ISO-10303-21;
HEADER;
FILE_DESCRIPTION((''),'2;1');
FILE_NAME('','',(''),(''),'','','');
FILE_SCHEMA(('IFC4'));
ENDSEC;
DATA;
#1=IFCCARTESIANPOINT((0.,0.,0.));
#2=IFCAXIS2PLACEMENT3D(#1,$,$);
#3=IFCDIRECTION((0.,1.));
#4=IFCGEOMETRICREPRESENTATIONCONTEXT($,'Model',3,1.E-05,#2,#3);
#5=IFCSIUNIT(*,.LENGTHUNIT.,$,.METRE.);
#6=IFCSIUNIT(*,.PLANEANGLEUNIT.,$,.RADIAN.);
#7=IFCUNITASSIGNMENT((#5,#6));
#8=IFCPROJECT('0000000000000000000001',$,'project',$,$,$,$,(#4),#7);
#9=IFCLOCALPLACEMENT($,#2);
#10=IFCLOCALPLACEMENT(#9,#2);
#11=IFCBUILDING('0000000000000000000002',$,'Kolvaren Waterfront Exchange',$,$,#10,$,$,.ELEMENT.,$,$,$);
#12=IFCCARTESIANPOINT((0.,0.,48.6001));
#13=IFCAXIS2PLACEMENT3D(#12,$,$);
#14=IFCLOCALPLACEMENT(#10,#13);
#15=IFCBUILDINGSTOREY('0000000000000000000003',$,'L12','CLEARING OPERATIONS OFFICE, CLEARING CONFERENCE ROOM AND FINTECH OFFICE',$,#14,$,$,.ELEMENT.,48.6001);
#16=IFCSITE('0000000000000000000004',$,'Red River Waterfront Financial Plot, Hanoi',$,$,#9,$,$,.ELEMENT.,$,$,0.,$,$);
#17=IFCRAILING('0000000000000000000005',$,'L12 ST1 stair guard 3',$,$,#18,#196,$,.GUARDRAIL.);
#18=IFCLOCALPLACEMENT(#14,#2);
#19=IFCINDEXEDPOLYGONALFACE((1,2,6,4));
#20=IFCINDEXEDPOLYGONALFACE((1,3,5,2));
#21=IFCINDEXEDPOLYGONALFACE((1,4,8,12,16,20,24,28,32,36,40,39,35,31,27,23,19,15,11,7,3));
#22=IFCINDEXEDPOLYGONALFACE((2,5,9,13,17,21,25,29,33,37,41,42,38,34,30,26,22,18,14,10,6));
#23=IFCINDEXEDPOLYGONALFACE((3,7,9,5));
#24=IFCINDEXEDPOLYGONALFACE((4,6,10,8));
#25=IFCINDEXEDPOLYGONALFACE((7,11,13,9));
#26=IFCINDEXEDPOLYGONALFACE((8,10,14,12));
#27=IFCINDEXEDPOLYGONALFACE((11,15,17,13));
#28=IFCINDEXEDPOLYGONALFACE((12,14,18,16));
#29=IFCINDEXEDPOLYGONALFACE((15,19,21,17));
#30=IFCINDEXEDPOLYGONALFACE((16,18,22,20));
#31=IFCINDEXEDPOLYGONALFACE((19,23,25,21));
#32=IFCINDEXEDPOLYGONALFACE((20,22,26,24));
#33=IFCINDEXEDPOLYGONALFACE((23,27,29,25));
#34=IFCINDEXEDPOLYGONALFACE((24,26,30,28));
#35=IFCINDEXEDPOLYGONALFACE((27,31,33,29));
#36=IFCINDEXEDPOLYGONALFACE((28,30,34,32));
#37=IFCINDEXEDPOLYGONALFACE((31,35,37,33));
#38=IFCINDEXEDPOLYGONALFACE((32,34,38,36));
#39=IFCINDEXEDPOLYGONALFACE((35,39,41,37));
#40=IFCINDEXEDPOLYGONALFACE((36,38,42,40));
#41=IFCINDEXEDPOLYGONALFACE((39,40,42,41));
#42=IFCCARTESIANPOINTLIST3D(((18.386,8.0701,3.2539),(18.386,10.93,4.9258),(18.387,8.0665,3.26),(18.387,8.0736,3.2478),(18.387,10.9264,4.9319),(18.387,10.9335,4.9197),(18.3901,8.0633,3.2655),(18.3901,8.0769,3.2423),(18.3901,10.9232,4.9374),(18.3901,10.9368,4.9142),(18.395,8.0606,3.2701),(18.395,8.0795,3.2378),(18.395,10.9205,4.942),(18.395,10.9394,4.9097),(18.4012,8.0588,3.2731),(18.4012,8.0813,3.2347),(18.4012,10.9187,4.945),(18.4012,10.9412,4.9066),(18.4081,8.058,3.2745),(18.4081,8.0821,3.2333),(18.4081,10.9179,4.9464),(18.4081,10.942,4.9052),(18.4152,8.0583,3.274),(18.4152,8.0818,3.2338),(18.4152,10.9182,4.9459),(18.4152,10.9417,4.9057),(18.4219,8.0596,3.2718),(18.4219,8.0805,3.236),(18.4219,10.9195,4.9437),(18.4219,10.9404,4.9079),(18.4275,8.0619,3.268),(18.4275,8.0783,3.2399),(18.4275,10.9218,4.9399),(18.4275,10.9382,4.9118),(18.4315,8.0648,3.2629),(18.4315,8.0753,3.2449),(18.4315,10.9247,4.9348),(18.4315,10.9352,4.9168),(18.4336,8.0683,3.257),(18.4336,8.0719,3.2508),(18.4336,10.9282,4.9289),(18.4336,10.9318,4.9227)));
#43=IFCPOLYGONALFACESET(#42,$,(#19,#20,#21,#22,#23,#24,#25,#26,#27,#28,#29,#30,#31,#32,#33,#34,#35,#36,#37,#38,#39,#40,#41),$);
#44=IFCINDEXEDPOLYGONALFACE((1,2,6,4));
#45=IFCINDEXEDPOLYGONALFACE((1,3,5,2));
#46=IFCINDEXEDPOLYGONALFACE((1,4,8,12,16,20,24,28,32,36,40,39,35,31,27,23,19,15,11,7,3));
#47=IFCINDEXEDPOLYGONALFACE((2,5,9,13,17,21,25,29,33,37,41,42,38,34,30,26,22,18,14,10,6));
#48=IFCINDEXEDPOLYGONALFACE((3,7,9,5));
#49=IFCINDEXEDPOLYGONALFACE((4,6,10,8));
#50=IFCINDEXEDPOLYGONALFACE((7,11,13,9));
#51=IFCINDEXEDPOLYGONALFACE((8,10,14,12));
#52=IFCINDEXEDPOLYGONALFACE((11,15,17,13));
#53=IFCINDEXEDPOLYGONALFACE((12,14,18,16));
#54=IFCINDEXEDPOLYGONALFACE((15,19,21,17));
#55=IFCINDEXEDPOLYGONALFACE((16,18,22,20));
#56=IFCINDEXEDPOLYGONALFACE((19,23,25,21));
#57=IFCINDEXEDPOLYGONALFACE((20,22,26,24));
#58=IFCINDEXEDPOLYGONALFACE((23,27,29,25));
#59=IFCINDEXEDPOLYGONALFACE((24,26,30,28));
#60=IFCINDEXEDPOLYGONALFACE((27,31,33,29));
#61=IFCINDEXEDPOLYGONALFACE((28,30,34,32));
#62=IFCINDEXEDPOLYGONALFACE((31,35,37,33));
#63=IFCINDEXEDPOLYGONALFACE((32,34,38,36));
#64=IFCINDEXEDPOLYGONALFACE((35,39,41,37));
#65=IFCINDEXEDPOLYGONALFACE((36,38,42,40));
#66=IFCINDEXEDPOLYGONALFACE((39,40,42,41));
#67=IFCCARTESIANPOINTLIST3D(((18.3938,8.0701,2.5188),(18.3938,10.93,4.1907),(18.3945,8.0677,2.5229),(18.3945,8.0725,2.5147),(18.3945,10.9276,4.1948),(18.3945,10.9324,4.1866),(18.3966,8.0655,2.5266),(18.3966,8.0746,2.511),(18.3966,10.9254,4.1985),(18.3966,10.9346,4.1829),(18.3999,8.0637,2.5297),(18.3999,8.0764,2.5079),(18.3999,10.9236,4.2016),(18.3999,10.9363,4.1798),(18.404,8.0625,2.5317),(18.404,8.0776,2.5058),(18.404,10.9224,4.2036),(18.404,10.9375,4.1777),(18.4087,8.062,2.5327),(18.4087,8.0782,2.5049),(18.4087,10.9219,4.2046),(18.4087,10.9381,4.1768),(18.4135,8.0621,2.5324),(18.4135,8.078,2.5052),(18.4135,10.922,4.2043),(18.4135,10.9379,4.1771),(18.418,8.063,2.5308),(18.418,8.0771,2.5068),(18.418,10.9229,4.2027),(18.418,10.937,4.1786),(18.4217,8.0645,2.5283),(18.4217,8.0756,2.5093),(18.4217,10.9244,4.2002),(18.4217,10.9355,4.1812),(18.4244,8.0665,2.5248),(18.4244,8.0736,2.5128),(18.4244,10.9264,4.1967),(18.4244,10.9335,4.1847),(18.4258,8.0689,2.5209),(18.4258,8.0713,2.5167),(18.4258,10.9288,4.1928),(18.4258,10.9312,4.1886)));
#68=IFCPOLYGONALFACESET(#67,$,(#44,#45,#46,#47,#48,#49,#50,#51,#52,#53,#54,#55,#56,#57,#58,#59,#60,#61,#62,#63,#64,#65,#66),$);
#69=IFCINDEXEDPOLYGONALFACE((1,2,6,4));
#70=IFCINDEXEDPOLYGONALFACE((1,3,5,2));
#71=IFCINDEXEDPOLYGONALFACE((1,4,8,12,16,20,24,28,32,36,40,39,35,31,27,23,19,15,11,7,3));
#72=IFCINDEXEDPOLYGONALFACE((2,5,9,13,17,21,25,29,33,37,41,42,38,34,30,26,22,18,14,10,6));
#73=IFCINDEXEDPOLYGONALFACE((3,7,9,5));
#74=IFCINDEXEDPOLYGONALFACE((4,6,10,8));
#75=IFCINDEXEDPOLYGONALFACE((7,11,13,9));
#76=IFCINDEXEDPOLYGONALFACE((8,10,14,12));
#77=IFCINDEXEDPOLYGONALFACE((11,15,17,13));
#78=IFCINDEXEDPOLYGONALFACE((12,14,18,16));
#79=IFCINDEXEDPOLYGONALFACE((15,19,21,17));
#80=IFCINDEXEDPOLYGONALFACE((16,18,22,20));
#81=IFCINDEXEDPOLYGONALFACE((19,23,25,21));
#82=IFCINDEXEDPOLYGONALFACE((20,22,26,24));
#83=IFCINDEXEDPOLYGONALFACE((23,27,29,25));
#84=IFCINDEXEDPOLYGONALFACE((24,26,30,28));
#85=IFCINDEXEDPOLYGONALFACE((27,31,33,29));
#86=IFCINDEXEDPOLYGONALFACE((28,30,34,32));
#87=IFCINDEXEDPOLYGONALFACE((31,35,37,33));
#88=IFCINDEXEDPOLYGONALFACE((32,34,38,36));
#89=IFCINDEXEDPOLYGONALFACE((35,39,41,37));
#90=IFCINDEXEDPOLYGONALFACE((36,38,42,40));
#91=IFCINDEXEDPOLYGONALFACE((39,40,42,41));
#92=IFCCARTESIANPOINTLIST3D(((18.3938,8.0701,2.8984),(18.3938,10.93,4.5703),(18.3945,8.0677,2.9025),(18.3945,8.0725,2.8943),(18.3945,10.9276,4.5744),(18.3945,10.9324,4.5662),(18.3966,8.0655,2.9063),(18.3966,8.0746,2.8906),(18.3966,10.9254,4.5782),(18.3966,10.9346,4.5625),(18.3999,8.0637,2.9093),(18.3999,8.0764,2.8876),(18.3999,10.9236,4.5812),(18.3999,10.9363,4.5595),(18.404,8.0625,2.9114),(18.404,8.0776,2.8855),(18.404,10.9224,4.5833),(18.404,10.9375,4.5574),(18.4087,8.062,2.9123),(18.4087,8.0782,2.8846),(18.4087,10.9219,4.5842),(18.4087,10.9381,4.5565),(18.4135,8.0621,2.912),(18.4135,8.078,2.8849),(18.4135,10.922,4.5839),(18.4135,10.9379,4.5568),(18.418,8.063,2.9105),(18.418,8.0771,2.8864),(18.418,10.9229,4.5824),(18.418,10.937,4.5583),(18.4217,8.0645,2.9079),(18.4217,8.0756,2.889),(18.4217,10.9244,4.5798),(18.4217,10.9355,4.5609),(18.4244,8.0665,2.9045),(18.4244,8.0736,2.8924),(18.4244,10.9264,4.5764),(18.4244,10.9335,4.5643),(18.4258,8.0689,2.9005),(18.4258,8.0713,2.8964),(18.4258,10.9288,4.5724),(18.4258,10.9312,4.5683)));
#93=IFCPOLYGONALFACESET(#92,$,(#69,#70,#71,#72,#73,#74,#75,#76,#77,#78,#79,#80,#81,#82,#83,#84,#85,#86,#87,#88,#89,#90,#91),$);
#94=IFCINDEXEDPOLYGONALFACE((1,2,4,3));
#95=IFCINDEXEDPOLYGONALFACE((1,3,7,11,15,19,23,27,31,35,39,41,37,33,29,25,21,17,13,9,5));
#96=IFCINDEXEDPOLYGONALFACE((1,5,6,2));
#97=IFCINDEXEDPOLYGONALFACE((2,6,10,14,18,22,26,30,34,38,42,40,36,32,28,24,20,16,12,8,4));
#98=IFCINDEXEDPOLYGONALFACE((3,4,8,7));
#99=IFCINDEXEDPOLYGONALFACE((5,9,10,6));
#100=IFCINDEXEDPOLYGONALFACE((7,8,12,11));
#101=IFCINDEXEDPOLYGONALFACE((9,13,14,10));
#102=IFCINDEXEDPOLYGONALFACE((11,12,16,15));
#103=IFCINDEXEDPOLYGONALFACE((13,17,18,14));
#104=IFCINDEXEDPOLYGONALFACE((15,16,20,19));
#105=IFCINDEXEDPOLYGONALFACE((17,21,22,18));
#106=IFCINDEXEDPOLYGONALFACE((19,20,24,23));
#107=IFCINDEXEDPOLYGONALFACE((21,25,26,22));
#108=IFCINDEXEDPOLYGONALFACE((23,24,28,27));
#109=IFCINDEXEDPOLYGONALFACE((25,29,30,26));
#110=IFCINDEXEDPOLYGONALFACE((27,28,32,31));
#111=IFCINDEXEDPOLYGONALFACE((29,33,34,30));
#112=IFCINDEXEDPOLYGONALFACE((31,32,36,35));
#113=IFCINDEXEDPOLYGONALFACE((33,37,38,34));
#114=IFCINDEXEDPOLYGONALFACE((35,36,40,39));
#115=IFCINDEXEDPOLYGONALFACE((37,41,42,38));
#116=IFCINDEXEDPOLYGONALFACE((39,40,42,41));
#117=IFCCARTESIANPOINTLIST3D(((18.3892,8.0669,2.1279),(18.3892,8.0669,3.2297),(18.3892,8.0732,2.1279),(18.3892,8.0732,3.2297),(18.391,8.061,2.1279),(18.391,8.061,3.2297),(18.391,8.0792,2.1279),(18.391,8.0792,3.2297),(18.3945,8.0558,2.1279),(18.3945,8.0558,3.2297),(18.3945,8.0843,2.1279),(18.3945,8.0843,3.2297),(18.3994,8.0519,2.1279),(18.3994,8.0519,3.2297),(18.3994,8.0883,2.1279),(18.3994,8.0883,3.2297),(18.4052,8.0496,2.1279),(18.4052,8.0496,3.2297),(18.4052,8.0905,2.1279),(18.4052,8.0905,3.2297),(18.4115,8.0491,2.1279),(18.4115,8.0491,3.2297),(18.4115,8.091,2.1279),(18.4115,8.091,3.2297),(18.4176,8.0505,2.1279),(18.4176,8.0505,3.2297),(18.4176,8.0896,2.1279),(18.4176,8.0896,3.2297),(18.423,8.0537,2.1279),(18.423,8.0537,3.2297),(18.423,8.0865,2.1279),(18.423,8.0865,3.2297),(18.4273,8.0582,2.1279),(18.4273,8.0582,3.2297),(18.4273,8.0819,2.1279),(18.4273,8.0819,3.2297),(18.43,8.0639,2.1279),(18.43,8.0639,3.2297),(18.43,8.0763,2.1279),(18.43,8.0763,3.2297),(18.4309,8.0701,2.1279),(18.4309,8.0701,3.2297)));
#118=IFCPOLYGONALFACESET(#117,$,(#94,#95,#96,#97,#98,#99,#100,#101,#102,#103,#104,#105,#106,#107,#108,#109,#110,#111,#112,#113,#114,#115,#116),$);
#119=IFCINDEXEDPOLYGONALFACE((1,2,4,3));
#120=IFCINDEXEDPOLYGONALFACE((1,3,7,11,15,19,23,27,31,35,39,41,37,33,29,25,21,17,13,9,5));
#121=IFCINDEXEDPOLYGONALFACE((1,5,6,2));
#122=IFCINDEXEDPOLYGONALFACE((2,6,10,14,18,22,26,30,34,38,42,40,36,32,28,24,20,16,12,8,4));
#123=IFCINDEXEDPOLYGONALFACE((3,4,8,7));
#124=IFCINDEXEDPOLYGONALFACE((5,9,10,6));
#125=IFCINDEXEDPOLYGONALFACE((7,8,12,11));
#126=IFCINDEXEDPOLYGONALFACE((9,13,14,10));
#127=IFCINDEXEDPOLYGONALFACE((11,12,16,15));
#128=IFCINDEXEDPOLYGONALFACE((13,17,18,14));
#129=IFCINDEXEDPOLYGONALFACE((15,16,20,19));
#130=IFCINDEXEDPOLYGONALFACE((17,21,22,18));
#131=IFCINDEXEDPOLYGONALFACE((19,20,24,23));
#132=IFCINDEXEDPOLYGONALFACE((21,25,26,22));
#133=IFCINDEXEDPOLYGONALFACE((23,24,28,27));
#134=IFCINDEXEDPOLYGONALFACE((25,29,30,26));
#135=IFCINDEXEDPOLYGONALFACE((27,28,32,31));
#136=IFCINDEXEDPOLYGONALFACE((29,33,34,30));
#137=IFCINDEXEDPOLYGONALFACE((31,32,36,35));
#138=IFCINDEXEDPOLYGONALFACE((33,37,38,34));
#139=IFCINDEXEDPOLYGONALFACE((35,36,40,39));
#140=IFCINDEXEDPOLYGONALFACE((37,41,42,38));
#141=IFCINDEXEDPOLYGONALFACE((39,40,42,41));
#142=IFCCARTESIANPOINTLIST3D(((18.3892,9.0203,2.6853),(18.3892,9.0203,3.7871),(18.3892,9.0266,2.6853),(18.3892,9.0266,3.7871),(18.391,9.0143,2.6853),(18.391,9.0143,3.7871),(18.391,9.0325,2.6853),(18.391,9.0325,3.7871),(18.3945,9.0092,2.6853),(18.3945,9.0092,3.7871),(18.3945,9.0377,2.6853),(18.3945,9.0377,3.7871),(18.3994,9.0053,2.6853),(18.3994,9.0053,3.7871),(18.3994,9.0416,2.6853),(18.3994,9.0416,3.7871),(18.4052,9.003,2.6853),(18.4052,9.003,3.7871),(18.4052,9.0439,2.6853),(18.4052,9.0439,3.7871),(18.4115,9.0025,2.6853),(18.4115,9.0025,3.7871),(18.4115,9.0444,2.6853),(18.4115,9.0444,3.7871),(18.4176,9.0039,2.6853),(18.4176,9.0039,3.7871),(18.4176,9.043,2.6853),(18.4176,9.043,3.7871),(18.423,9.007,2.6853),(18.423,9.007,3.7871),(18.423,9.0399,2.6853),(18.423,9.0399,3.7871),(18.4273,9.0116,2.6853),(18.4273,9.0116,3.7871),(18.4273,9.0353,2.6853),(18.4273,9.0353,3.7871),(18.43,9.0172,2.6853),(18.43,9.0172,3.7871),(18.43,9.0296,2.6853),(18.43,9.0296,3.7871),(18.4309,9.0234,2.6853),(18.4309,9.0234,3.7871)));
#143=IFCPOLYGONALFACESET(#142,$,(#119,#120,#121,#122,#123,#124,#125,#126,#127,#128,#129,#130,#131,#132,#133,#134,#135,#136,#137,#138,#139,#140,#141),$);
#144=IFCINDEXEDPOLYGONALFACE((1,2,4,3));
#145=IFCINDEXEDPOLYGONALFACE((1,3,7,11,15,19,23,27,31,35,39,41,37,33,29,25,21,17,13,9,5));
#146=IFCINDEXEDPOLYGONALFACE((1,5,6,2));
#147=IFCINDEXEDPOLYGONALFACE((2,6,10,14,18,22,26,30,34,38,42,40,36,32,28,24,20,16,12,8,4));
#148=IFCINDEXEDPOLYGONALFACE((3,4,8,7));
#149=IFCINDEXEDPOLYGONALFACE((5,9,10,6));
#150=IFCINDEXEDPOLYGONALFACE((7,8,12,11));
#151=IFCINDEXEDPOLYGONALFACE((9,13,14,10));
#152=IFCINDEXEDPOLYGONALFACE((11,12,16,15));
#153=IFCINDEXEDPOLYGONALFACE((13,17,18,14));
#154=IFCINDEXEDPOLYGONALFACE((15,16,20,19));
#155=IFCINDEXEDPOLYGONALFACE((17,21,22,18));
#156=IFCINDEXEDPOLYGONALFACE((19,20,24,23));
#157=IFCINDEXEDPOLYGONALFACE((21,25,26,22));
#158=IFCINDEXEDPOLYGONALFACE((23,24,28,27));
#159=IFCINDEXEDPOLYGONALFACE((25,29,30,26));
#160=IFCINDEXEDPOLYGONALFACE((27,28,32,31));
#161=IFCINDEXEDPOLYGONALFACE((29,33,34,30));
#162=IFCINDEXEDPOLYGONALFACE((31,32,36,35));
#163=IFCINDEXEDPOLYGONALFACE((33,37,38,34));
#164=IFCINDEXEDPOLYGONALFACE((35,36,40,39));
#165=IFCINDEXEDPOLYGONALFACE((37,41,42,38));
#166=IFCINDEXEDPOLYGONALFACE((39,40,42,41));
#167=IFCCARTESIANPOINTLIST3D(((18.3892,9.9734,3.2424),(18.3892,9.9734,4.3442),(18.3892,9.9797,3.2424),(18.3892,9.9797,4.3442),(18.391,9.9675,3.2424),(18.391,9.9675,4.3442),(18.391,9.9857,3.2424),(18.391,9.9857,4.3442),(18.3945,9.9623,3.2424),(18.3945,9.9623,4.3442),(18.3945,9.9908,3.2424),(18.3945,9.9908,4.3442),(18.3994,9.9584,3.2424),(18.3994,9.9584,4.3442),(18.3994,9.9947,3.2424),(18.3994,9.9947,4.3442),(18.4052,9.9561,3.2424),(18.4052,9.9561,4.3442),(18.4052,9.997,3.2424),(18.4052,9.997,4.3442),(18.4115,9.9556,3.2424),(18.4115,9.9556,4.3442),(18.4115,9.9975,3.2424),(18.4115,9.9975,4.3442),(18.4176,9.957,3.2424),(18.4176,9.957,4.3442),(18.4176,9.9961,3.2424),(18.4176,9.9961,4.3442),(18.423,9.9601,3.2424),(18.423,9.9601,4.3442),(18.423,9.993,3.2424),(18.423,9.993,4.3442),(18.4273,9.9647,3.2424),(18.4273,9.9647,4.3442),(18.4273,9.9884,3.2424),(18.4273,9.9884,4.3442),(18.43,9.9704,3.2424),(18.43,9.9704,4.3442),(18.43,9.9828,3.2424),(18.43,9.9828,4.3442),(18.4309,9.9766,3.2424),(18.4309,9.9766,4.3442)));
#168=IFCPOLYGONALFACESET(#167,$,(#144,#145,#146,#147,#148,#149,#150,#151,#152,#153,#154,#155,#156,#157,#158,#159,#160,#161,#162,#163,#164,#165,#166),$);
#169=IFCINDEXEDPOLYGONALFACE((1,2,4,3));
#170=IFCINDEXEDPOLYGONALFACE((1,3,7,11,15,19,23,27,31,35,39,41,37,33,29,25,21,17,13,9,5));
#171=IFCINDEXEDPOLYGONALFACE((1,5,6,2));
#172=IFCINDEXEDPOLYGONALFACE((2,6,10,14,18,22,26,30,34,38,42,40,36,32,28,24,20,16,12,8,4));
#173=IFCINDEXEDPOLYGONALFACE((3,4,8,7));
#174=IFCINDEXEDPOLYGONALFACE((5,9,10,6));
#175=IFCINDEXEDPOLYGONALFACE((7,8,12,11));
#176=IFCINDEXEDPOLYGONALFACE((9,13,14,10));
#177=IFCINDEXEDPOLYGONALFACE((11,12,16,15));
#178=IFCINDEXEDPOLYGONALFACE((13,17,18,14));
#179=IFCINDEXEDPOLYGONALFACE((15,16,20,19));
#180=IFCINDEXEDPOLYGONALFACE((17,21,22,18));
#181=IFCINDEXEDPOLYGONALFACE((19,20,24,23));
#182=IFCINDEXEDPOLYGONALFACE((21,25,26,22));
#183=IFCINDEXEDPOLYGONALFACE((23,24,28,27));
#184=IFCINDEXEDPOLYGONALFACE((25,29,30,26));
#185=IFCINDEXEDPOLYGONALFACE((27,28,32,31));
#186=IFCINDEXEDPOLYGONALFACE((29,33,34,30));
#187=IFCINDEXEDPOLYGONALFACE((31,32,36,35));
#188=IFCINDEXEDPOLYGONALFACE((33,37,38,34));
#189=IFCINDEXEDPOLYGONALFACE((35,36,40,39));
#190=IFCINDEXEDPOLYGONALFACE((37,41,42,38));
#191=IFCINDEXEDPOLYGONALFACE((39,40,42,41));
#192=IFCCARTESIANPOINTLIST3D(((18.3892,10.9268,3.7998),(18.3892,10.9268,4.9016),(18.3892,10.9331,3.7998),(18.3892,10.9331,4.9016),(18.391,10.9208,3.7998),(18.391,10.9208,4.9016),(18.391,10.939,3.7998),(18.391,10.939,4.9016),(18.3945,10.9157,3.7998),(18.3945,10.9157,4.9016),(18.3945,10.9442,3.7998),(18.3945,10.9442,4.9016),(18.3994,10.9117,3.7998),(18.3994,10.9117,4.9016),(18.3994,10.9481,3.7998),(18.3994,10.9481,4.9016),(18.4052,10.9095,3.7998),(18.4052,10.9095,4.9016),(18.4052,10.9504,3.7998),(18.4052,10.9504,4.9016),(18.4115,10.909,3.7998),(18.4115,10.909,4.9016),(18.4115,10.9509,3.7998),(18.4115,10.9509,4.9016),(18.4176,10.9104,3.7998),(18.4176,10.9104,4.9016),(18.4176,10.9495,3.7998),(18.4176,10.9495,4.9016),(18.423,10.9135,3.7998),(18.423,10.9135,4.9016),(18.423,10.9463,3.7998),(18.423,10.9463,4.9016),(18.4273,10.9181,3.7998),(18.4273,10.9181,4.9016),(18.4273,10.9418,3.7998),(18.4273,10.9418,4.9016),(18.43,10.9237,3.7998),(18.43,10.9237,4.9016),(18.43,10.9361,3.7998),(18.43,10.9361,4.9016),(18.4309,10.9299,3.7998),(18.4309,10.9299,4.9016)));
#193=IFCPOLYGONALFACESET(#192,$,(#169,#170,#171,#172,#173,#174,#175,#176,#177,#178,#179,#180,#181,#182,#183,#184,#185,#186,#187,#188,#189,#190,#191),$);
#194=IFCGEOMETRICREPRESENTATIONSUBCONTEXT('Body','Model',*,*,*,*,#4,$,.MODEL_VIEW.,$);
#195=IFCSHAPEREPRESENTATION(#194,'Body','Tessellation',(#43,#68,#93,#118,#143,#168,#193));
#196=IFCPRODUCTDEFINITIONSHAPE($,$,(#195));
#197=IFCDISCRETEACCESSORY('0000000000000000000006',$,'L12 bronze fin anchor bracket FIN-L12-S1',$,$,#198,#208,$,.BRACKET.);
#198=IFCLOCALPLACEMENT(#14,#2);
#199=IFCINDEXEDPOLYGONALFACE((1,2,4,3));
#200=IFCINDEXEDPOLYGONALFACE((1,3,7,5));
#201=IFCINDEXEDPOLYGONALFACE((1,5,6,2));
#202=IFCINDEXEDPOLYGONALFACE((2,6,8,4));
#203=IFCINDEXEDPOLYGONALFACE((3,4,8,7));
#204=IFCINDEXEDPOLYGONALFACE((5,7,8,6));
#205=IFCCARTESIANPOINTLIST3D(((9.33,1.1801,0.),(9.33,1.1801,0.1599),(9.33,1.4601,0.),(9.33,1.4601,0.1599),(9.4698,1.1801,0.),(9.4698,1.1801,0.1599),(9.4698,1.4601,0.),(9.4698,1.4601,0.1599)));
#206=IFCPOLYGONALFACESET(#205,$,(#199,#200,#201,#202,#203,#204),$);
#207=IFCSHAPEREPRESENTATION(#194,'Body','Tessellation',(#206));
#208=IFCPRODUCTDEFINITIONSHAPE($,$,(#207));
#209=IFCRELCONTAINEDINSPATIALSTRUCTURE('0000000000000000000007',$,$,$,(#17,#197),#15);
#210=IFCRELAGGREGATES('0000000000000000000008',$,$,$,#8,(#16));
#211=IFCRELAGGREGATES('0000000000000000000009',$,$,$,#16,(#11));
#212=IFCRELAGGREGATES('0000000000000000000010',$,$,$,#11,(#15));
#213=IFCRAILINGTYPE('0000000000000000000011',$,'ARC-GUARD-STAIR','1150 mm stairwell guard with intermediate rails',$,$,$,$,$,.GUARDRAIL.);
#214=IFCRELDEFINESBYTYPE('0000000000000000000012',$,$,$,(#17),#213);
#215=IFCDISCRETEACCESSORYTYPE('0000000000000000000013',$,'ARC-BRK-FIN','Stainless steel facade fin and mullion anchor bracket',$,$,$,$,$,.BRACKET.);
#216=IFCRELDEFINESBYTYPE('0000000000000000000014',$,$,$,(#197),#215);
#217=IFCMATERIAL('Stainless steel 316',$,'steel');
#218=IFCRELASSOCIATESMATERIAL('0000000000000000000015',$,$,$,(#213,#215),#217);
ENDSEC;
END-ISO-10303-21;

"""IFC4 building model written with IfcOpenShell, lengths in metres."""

from ifc_helpers import new_model, si_unit, direction, frame, origin, origin_with_axes, origin_2d, place, context, subcontext, project, spatial, rectangle, circle, extrude, source, transform, mapped, material, type_object, element, save


model = new_model("IFC4")

# Units and contexts
model_context = context("Model", 3, precision=1e-05, world=origin(), true_north=direction((0.0, 1.0)))
body_context = subcontext(model_context, "Body", "Model", "MODEL_VIEW")
ifc_project = project(units=[si_unit("LENGTHUNIT", "METRE"), si_unit("PLANEANGLEUNIT", "RADIAN")], contexts=[model_context])

# Site, building, storey
site_placement = place(None, origin())
site = spatial("IfcSite", under=ifc_project, at=site_placement, Name="Red River Waterfront Financial Plot, Hanoi", CompositionType="ELEMENT", RefElevation=0.0)
building_placement = place(site_placement, origin())
building = spatial("IfcBuilding", under=site, at=building_placement, Name="Kolvaren Waterfront Exchange", CompositionType="ELEMENT")
storey_placement = place(building_placement, frame((0.0, 0.0, 48.6001)))
storey = spatial("IfcBuildingStorey", under=building, at=storey_placement, Name="L12", Description="CLEARING OPERATIONS OFFICE, CLEARING CONFERENCE ROOM AND FINTECH OFFICE", CompositionType="ELEMENT", Elevation=48.6001)

# Railing
ifc_material_1 = material(Name="Stainless steel 316", Category="steel")
railing_type = type_object("IfcRailingType", Name="ARC-GUARD-STAIR", Description="1150 mm stairwell guard with intermediate rails", PredefinedType="GUARDRAIL", material=ifc_material_1)
railing_1_placement = place(storey_placement, frame((18.4099, 8.0701, 2.1279)))
element("IfcRailing", 1, at=railing_1_placement, inside=storey, type_object=railing_type, Name="L12 ST1 stair guard 3", PredefinedType="GUARDRAIL", context=body_context, shape_type="SweptSolid", body=[
    extrude(circle(Radius=0.0239, at=origin_2d()), frame((0.0, 0.0, 1.126), z_axis=(0.0, 0.863303, 0.504686), x_axis=(-1.0, 0.0, 0.0)), (0.0, 0.0, 1.0), 3.3127),
    extrude(circle(Radius=0.0161, at=origin_2d()), frame((0.0, 0.0, 0.3909), z_axis=(0.0, 0.863303, 0.504686), x_axis=(-1.0, 0.0, 0.0)), (0.0, 0.0, 1.0), 3.3127),
    extrude(circle(Radius=0.0161, at=origin_2d()), frame((0.0, 0.0, 0.7705), z_axis=(0.0, 0.863303, 0.504686), x_axis=(-1.0, 0.0, 0.0)), (0.0, 0.0, 1.0), 3.3127),
    extrude(circle(Radius=0.021, at=origin_2d()), origin(), (0.0, 0.0, 1.0), 1.1018),
    extrude(circle(Radius=0.021, at=origin_2d()), frame((0.0, 0.9534, 0.5574)), (0.0, 0.0, 1.0), 1.1018),
    extrude(circle(Radius=0.021, at=origin_2d()), frame((0.0, 1.9065, 1.1145)), (0.0, 0.0, 1.0), 1.1018),
    extrude(circle(Radius=0.021, at=origin_2d()), frame((0.0, 2.8599, 1.6719)), (0.0, 0.0, 1.0), 1.1018),
])

# Discrete accessory
discrete_accessory_type = type_object("IfcDiscreteAccessoryType", Name="ARC-BRK-FIN", Description="Stainless steel facade fin and mullion anchor bracket", PredefinedType="BRACKET", material=ifc_material_1)
shared_shape_1 = source(origin_with_axes(), body_context, "Body", "SweptSolid", [
    extrude(rectangle(XDim=0.28, YDim=0.1399, at=origin_2d()), origin(), (0.0, 0.0, 1.0), 0.1599),
])
for number, where, z_axis, x_axis, name in (
    (2, (9.3999, 1.3201, 0.0), (0.0, 0.0, 1.0), (0.0, -1.0, 0.0), "L12 bronze fin anchor bracket FIN-L12-S1"),
):
    element("IfcDiscreteAccessory", number, at=place(storey_placement, frame(where, z_axis=z_axis, x_axis=x_axis)), inside=storey, type_object=discrete_accessory_type, Name=name, PredefinedType="BRACKET", context=body_context, shape_type="MappedRepresentation", body=[
        mapped(shared_shape_1, transform((0.0, 0.0, 0.0), x_axis=(1.0, 0.0, 0.0), y_axis=(0.0, 1.0, 0.0), z_axis=(0.0, 0.0, 1.0), scale=1.0)),
    ])

save(model, "model.ifc")
